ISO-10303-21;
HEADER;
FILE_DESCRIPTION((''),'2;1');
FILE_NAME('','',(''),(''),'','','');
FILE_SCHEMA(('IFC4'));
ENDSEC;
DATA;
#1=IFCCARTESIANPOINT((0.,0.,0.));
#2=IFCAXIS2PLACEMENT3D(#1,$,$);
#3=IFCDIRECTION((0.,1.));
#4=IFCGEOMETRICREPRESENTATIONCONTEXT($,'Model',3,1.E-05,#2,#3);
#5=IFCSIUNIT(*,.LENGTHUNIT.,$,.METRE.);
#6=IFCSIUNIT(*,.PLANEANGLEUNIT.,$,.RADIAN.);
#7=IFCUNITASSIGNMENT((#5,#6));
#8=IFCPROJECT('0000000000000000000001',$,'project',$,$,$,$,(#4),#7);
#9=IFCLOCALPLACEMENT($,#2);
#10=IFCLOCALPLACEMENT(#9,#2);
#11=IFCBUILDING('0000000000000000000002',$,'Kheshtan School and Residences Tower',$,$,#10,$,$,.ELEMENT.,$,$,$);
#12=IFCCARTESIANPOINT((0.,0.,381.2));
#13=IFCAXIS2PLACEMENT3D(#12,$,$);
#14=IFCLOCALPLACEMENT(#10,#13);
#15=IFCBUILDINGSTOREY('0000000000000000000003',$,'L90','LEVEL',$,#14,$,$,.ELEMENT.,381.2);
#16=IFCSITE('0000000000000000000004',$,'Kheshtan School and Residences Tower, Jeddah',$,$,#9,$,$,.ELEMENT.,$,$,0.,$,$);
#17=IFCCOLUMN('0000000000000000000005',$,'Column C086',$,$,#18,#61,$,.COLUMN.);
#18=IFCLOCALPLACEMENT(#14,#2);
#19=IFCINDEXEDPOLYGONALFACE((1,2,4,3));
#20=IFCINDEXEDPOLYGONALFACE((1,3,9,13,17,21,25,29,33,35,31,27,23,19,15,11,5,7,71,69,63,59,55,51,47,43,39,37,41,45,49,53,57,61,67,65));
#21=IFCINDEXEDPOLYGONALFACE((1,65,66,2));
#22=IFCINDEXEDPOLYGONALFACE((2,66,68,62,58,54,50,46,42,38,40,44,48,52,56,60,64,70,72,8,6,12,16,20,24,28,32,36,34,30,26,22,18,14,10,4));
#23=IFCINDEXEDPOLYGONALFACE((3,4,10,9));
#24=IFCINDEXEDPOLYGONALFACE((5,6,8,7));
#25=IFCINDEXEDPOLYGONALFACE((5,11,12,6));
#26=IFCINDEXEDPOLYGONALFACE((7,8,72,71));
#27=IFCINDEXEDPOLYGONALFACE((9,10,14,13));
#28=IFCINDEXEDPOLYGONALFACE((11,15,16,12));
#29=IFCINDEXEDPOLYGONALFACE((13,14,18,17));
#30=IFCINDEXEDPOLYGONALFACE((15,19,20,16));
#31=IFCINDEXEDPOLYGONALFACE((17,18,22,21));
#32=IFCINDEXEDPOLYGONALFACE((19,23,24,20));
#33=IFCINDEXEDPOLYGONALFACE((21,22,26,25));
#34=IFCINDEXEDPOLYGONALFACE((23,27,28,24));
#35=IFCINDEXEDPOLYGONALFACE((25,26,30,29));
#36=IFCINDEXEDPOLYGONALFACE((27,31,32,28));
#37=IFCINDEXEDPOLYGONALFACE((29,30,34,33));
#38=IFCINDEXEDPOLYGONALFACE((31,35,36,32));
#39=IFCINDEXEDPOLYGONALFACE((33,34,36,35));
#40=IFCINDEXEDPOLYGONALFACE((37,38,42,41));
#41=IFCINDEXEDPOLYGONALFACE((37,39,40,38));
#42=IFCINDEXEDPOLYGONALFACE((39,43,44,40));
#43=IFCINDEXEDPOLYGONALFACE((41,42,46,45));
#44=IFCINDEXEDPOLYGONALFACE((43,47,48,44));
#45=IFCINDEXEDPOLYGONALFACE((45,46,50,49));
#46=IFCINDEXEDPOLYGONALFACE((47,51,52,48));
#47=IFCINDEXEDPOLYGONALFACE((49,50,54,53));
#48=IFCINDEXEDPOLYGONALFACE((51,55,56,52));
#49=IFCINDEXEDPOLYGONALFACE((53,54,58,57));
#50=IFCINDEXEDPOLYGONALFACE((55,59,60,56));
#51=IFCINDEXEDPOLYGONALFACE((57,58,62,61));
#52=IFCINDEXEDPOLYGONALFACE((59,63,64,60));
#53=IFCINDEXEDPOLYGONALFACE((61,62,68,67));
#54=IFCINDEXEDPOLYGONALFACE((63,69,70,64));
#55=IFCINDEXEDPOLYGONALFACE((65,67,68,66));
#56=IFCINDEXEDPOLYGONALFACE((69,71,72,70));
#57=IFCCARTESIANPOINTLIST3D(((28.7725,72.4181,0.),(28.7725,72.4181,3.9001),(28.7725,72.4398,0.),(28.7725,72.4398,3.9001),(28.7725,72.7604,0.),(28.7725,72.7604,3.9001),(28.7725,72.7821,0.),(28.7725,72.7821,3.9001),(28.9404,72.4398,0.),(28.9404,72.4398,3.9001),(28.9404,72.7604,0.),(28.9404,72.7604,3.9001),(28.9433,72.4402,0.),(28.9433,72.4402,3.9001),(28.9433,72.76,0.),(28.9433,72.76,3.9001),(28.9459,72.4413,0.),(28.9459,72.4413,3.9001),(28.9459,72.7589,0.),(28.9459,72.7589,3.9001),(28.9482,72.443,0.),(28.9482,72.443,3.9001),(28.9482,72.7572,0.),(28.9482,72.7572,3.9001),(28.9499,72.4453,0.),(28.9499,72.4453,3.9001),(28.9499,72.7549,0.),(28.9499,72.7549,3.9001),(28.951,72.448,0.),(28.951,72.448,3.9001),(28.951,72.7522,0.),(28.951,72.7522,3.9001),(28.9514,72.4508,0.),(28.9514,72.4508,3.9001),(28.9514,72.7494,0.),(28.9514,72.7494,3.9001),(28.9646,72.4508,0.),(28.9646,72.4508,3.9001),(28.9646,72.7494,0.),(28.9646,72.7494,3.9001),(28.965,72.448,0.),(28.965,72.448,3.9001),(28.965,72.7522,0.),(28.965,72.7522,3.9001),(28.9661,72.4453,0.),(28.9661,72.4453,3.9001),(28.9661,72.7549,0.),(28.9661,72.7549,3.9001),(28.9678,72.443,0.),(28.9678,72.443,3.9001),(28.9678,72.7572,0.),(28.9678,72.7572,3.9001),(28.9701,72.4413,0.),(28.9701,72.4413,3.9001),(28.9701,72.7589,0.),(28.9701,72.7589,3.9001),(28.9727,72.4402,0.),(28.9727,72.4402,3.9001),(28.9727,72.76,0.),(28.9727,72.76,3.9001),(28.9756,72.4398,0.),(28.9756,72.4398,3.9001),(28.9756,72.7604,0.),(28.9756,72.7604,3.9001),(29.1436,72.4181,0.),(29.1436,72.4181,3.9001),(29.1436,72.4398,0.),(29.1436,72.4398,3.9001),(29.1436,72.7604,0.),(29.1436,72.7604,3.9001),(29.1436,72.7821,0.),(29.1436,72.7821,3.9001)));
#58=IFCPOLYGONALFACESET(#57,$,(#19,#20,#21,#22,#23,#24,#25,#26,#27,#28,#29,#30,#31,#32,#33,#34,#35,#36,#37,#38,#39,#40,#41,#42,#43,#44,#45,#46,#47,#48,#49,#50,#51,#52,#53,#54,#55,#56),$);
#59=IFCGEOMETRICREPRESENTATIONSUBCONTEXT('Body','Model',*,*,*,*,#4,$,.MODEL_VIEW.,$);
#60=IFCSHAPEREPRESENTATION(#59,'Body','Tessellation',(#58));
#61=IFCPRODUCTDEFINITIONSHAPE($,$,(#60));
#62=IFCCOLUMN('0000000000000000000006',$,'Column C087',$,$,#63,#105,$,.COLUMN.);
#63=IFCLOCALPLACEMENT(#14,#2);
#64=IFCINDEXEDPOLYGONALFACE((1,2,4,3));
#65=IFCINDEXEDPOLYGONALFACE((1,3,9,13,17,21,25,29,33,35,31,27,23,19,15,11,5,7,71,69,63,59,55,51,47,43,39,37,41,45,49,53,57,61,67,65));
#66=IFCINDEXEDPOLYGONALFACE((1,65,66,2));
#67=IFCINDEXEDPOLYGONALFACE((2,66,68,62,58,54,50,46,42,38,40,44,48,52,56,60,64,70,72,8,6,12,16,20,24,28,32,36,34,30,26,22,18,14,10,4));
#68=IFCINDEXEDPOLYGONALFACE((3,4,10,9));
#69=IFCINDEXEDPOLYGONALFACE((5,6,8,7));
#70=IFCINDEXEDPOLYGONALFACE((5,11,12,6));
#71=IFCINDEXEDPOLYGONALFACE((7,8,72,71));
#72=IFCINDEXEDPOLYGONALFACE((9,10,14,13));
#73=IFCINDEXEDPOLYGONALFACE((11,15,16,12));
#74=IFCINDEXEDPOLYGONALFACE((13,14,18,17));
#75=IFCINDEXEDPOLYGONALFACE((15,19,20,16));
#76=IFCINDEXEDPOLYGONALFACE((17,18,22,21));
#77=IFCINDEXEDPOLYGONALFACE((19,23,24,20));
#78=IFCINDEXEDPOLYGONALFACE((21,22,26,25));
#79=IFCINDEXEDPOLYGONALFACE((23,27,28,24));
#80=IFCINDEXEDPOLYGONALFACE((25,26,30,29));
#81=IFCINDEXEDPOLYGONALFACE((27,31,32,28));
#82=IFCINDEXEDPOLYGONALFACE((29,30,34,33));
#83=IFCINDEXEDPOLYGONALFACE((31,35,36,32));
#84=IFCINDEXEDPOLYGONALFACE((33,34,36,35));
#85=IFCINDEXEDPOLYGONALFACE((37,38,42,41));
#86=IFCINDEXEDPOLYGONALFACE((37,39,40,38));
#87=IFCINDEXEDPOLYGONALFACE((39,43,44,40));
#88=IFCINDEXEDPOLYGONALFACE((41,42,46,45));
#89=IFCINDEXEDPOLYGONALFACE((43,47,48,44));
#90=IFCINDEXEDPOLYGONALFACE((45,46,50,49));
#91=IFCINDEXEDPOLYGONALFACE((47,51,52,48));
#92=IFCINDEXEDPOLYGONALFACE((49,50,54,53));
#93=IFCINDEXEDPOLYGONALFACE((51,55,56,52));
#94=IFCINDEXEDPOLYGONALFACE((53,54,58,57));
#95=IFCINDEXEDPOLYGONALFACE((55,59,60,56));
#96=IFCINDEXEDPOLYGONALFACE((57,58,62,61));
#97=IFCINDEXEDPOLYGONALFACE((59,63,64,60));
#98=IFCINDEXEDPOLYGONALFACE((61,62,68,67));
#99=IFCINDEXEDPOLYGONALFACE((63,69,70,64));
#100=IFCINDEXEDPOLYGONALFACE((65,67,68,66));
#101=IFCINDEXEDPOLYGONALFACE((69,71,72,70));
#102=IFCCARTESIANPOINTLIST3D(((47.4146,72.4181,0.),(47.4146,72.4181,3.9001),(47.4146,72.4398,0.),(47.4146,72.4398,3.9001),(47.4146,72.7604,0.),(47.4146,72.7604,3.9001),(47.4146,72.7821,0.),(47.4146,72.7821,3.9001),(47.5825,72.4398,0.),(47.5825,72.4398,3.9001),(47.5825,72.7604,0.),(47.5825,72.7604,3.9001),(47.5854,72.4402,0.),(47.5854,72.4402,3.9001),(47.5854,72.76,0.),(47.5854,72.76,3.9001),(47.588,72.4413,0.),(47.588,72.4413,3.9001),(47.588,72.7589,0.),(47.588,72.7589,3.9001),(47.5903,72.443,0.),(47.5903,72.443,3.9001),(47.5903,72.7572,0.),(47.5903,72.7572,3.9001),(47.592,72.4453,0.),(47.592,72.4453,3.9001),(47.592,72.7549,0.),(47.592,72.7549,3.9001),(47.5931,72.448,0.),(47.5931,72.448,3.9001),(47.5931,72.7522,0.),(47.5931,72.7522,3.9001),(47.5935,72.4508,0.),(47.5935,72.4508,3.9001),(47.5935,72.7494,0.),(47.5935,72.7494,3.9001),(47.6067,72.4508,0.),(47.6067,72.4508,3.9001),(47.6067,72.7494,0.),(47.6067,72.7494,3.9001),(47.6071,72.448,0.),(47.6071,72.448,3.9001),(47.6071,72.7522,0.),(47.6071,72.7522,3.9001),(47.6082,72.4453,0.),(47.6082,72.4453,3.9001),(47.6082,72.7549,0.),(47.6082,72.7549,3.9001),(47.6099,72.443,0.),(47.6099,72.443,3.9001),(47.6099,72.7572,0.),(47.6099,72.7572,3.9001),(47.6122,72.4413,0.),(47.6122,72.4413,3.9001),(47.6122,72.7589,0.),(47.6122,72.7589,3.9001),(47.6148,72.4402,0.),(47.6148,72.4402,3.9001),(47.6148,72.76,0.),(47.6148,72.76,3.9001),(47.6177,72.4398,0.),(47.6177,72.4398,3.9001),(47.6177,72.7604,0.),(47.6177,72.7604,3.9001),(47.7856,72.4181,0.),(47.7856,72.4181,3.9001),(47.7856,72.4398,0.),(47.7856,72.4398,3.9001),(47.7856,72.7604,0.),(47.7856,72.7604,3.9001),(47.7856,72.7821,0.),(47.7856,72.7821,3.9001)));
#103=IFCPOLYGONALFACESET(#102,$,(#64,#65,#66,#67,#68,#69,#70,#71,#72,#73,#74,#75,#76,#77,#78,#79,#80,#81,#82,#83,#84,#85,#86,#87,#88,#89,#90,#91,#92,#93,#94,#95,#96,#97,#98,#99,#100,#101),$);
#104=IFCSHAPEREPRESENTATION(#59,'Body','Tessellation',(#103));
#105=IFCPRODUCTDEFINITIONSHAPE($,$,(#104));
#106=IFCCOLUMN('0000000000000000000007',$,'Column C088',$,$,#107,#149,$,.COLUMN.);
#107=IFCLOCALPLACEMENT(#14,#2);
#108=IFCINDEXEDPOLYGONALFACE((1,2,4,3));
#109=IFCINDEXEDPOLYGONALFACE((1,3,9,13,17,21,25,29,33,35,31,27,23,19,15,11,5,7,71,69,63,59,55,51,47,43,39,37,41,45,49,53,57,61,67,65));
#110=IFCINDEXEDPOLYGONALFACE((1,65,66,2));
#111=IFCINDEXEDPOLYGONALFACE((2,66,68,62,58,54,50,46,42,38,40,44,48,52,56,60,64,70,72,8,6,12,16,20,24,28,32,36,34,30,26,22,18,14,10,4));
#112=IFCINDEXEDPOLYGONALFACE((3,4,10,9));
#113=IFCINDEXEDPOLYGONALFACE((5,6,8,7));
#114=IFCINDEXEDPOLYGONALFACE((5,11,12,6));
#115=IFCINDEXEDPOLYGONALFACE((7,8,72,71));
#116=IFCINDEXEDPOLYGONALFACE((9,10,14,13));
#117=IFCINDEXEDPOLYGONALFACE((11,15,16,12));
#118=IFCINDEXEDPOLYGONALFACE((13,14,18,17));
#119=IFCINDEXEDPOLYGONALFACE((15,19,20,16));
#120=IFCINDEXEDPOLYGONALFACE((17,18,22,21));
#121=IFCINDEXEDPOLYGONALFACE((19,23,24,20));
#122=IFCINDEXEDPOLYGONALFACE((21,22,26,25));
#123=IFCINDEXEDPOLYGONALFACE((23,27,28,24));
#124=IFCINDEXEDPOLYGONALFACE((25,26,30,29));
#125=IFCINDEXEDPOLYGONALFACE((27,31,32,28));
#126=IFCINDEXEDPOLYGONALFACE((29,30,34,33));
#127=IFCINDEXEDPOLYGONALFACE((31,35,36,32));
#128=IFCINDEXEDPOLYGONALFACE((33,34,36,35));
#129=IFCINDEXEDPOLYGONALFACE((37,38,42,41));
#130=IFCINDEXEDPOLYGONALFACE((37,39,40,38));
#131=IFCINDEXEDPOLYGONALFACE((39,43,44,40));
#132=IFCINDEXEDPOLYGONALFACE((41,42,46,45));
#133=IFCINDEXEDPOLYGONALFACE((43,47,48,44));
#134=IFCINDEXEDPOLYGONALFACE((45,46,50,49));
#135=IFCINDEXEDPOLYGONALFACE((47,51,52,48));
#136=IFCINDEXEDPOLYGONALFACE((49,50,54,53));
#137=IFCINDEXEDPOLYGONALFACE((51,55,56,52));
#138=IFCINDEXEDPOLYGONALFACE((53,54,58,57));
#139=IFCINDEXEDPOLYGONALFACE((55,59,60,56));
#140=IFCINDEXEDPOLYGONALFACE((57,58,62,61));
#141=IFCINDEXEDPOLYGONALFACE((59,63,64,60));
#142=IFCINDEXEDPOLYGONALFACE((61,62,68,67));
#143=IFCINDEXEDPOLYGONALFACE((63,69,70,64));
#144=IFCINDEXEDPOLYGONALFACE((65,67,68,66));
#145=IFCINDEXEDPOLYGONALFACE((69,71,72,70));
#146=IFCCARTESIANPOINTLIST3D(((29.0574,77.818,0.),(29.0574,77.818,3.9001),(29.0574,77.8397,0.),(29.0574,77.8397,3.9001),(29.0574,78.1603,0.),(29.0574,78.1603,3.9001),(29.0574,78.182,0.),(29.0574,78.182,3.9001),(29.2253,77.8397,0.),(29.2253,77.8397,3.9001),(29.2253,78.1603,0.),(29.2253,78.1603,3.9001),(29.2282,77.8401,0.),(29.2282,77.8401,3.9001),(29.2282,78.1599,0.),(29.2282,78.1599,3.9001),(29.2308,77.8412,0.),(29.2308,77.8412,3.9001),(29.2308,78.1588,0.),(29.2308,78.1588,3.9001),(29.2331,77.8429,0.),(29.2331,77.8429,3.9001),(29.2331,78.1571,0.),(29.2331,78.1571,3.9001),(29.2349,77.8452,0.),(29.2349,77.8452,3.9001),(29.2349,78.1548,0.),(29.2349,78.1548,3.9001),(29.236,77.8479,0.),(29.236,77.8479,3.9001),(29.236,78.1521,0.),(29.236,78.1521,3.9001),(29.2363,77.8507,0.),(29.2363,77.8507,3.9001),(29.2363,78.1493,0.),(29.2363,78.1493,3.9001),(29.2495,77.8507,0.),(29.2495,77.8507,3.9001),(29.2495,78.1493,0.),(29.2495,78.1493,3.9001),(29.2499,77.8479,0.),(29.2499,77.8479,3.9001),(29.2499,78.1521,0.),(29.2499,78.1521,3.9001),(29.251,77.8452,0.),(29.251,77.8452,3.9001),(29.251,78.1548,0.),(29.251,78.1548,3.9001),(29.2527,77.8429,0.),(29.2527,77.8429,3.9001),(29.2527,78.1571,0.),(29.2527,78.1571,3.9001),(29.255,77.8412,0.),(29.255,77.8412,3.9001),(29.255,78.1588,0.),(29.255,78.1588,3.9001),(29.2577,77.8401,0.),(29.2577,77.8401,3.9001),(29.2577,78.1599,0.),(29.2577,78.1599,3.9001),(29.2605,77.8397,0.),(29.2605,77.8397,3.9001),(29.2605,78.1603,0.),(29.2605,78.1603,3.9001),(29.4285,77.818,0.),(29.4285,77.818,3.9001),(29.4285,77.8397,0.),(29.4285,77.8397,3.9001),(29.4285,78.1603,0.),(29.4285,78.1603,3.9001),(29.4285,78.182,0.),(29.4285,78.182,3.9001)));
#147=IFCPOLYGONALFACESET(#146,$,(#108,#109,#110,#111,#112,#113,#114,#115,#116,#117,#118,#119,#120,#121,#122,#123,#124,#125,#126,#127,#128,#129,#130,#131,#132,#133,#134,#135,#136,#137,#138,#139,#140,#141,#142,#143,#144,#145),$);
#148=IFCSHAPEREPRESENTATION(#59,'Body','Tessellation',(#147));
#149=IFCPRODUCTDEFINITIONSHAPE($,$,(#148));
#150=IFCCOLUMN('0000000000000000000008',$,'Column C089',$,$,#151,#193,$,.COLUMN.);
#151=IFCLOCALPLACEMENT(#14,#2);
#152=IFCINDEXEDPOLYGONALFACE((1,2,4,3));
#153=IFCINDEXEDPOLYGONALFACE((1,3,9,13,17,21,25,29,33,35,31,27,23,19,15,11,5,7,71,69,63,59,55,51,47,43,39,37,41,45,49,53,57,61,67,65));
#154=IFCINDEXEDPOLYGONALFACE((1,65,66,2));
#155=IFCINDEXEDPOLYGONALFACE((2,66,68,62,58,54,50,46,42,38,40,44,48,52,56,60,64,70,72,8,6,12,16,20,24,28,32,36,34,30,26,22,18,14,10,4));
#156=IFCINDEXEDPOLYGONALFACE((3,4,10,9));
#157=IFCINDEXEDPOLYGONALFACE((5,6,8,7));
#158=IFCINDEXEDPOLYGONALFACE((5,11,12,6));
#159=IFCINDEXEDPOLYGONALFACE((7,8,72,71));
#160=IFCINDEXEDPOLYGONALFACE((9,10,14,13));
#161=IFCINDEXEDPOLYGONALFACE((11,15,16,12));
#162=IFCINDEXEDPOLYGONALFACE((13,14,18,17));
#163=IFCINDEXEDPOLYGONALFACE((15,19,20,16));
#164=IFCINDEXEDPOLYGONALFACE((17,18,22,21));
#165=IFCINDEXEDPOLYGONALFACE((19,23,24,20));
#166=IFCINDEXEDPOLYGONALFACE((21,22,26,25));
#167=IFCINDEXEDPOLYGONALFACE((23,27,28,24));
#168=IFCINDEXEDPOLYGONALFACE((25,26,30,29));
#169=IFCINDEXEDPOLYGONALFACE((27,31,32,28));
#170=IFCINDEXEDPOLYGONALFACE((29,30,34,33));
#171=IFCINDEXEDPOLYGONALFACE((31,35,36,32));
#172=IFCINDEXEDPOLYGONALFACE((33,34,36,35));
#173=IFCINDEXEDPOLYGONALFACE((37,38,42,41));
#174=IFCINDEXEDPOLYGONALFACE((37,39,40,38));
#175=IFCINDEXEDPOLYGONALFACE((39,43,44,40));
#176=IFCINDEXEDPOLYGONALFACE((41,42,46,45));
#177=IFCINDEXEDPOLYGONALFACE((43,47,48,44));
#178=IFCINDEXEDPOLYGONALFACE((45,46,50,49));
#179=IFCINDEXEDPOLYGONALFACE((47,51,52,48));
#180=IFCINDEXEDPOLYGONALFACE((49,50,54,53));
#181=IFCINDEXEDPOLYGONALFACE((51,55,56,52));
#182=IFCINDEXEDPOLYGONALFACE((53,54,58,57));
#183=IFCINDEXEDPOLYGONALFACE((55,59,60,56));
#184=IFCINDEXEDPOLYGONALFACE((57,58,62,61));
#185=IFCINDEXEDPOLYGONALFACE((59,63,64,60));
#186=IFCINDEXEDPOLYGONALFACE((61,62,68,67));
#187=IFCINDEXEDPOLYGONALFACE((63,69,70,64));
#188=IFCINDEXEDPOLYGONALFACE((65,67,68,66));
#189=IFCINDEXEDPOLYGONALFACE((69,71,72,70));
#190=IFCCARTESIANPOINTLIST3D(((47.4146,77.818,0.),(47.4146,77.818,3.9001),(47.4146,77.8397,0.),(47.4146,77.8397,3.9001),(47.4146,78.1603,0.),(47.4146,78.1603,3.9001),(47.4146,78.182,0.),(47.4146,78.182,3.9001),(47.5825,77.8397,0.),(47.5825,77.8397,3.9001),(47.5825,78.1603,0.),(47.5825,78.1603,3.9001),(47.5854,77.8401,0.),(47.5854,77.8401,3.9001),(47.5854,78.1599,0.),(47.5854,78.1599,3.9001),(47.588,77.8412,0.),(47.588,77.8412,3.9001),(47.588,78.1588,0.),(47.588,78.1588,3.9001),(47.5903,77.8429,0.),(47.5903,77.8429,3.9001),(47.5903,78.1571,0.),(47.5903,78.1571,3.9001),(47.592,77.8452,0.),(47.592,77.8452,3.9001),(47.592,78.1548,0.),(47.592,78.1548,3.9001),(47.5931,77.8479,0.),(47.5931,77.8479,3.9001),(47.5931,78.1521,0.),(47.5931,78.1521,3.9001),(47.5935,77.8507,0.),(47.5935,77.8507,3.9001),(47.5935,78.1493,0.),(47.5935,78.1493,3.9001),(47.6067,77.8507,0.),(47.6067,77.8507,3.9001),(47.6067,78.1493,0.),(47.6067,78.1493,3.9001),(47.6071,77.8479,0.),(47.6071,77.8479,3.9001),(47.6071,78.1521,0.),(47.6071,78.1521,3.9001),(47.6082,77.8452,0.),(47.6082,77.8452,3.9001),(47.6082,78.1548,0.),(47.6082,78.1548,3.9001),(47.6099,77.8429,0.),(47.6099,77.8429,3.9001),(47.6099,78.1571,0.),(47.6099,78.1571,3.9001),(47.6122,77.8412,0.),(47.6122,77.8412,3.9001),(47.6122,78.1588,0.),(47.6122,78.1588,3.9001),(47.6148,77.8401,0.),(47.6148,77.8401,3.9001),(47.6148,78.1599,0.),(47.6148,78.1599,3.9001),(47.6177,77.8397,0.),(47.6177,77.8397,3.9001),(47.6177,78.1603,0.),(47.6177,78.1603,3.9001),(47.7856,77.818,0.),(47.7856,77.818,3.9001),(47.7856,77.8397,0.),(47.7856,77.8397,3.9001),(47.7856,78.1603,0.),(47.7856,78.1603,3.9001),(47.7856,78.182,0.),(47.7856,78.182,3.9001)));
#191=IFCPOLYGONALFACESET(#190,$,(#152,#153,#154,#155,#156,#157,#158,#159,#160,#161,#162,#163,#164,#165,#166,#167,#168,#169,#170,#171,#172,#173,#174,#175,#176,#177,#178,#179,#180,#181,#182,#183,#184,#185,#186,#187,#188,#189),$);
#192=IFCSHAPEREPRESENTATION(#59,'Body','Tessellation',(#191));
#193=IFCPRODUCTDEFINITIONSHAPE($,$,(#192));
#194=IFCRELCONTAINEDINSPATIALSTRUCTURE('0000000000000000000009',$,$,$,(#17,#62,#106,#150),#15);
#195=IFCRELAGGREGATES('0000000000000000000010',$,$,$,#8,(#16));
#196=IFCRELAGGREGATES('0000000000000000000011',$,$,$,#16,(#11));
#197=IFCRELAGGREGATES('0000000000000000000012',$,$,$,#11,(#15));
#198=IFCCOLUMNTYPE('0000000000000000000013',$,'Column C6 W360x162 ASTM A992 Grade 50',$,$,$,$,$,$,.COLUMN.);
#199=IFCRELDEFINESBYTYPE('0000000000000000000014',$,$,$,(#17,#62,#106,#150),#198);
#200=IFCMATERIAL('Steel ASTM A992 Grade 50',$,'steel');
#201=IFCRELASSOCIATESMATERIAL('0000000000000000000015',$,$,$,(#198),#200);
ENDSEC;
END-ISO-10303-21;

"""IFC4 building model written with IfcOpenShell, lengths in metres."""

from ifc_helpers import new_model, si_unit, direction, frame, origin, origin_2d, place, context, subcontext, project, spatial, i_section, extrude, material, material_profile, profile_set, type_object, element, save


model = new_model("IFC4")

# Units and contexts
model_context = context("Model", 3, precision=1e-05, world=origin(), true_north=direction((0.0, 1.0)))
body_context = subcontext(model_context, "Body", "Model", "MODEL_VIEW")
ifc_project = project(units=[si_unit("LENGTHUNIT", "METRE"), si_unit("PLANEANGLEUNIT", "RADIAN")], contexts=[model_context])

# Site, building, storey
site_placement = place(None, origin())
site = spatial("IfcSite", under=ifc_project, at=site_placement, Name="Kheshtan School and Residences Tower, Jeddah", CompositionType="ELEMENT", RefElevation=0.0)
building_placement = place(site_placement, origin())
building = spatial("IfcBuilding", under=site, at=building_placement, Name="Kheshtan School and Residences Tower", CompositionType="ELEMENT")
storey_placement = place(building_placement, frame((0.0, 0.0, 381.2)))
storey = spatial("IfcBuildingStorey", under=building, at=storey_placement, Name="L90", Description="LEVEL", CompositionType="ELEMENT", Elevation=381.2)

# Columns
ifc_material_1 = material(Name="Steel ASTM A992 Grade 50", Category="steel")
ifc_material_profile_1 = material_profile(ifc_material_1, i_section(OverallWidth=0.3711, OverallDepth=0.364, WebThickness=0.0132, FlangeThickness=0.0217, FilletRadius=0.011, at=origin_2d()), Name="W360x162")
ifc_profile_set_1 = profile_set([ifc_material_profile_1], Name="Steel ASTM A992 Grade 50")
column_type = type_object("IfcColumnType", Name="Column C6 W360x162 ASTM A992 Grade 50", PredefinedType="COLUMN", material=ifc_profile_set_1)
for number, where, z_axis, x_axis, name in (
    (1, (28.958, 72.6001, 0.0), (0.0, 0.0, 1.0), (1.0, 0.0, 0.0), "Column C086"),
    (2, (47.6001, 72.6001, 0.0), (0.0, 0.0, 1.0), (1.0, 0.0, 0.0), "Column C087"),
    (3, (29.2429, 78.0, 0.0), (0.0, 0.0, 1.0), (1.0, 0.0, 0.0), "Column C088"),
    (4, (47.6001, 78.0, 0.0), (0.0, 0.0, 1.0), (1.0, 0.0, 0.0), "Column C089"),
):
    element("IfcColumn", number, at=place(storey_placement, frame(where, z_axis=z_axis, x_axis=x_axis)), inside=storey, type_object=column_type, Name=name, PredefinedType="COLUMN", context=body_context, shape_type="SweptSolid", body=[
        extrude(i_section(OverallWidth=0.3711, OverallDepth=0.364, WebThickness=0.0132, FlangeThickness=0.0217, FilletRadius=0.011, at=origin_2d()), origin(), (0.0, 0.0, 1.0), 3.9001),
    ])

save(model, "model.ifc")
